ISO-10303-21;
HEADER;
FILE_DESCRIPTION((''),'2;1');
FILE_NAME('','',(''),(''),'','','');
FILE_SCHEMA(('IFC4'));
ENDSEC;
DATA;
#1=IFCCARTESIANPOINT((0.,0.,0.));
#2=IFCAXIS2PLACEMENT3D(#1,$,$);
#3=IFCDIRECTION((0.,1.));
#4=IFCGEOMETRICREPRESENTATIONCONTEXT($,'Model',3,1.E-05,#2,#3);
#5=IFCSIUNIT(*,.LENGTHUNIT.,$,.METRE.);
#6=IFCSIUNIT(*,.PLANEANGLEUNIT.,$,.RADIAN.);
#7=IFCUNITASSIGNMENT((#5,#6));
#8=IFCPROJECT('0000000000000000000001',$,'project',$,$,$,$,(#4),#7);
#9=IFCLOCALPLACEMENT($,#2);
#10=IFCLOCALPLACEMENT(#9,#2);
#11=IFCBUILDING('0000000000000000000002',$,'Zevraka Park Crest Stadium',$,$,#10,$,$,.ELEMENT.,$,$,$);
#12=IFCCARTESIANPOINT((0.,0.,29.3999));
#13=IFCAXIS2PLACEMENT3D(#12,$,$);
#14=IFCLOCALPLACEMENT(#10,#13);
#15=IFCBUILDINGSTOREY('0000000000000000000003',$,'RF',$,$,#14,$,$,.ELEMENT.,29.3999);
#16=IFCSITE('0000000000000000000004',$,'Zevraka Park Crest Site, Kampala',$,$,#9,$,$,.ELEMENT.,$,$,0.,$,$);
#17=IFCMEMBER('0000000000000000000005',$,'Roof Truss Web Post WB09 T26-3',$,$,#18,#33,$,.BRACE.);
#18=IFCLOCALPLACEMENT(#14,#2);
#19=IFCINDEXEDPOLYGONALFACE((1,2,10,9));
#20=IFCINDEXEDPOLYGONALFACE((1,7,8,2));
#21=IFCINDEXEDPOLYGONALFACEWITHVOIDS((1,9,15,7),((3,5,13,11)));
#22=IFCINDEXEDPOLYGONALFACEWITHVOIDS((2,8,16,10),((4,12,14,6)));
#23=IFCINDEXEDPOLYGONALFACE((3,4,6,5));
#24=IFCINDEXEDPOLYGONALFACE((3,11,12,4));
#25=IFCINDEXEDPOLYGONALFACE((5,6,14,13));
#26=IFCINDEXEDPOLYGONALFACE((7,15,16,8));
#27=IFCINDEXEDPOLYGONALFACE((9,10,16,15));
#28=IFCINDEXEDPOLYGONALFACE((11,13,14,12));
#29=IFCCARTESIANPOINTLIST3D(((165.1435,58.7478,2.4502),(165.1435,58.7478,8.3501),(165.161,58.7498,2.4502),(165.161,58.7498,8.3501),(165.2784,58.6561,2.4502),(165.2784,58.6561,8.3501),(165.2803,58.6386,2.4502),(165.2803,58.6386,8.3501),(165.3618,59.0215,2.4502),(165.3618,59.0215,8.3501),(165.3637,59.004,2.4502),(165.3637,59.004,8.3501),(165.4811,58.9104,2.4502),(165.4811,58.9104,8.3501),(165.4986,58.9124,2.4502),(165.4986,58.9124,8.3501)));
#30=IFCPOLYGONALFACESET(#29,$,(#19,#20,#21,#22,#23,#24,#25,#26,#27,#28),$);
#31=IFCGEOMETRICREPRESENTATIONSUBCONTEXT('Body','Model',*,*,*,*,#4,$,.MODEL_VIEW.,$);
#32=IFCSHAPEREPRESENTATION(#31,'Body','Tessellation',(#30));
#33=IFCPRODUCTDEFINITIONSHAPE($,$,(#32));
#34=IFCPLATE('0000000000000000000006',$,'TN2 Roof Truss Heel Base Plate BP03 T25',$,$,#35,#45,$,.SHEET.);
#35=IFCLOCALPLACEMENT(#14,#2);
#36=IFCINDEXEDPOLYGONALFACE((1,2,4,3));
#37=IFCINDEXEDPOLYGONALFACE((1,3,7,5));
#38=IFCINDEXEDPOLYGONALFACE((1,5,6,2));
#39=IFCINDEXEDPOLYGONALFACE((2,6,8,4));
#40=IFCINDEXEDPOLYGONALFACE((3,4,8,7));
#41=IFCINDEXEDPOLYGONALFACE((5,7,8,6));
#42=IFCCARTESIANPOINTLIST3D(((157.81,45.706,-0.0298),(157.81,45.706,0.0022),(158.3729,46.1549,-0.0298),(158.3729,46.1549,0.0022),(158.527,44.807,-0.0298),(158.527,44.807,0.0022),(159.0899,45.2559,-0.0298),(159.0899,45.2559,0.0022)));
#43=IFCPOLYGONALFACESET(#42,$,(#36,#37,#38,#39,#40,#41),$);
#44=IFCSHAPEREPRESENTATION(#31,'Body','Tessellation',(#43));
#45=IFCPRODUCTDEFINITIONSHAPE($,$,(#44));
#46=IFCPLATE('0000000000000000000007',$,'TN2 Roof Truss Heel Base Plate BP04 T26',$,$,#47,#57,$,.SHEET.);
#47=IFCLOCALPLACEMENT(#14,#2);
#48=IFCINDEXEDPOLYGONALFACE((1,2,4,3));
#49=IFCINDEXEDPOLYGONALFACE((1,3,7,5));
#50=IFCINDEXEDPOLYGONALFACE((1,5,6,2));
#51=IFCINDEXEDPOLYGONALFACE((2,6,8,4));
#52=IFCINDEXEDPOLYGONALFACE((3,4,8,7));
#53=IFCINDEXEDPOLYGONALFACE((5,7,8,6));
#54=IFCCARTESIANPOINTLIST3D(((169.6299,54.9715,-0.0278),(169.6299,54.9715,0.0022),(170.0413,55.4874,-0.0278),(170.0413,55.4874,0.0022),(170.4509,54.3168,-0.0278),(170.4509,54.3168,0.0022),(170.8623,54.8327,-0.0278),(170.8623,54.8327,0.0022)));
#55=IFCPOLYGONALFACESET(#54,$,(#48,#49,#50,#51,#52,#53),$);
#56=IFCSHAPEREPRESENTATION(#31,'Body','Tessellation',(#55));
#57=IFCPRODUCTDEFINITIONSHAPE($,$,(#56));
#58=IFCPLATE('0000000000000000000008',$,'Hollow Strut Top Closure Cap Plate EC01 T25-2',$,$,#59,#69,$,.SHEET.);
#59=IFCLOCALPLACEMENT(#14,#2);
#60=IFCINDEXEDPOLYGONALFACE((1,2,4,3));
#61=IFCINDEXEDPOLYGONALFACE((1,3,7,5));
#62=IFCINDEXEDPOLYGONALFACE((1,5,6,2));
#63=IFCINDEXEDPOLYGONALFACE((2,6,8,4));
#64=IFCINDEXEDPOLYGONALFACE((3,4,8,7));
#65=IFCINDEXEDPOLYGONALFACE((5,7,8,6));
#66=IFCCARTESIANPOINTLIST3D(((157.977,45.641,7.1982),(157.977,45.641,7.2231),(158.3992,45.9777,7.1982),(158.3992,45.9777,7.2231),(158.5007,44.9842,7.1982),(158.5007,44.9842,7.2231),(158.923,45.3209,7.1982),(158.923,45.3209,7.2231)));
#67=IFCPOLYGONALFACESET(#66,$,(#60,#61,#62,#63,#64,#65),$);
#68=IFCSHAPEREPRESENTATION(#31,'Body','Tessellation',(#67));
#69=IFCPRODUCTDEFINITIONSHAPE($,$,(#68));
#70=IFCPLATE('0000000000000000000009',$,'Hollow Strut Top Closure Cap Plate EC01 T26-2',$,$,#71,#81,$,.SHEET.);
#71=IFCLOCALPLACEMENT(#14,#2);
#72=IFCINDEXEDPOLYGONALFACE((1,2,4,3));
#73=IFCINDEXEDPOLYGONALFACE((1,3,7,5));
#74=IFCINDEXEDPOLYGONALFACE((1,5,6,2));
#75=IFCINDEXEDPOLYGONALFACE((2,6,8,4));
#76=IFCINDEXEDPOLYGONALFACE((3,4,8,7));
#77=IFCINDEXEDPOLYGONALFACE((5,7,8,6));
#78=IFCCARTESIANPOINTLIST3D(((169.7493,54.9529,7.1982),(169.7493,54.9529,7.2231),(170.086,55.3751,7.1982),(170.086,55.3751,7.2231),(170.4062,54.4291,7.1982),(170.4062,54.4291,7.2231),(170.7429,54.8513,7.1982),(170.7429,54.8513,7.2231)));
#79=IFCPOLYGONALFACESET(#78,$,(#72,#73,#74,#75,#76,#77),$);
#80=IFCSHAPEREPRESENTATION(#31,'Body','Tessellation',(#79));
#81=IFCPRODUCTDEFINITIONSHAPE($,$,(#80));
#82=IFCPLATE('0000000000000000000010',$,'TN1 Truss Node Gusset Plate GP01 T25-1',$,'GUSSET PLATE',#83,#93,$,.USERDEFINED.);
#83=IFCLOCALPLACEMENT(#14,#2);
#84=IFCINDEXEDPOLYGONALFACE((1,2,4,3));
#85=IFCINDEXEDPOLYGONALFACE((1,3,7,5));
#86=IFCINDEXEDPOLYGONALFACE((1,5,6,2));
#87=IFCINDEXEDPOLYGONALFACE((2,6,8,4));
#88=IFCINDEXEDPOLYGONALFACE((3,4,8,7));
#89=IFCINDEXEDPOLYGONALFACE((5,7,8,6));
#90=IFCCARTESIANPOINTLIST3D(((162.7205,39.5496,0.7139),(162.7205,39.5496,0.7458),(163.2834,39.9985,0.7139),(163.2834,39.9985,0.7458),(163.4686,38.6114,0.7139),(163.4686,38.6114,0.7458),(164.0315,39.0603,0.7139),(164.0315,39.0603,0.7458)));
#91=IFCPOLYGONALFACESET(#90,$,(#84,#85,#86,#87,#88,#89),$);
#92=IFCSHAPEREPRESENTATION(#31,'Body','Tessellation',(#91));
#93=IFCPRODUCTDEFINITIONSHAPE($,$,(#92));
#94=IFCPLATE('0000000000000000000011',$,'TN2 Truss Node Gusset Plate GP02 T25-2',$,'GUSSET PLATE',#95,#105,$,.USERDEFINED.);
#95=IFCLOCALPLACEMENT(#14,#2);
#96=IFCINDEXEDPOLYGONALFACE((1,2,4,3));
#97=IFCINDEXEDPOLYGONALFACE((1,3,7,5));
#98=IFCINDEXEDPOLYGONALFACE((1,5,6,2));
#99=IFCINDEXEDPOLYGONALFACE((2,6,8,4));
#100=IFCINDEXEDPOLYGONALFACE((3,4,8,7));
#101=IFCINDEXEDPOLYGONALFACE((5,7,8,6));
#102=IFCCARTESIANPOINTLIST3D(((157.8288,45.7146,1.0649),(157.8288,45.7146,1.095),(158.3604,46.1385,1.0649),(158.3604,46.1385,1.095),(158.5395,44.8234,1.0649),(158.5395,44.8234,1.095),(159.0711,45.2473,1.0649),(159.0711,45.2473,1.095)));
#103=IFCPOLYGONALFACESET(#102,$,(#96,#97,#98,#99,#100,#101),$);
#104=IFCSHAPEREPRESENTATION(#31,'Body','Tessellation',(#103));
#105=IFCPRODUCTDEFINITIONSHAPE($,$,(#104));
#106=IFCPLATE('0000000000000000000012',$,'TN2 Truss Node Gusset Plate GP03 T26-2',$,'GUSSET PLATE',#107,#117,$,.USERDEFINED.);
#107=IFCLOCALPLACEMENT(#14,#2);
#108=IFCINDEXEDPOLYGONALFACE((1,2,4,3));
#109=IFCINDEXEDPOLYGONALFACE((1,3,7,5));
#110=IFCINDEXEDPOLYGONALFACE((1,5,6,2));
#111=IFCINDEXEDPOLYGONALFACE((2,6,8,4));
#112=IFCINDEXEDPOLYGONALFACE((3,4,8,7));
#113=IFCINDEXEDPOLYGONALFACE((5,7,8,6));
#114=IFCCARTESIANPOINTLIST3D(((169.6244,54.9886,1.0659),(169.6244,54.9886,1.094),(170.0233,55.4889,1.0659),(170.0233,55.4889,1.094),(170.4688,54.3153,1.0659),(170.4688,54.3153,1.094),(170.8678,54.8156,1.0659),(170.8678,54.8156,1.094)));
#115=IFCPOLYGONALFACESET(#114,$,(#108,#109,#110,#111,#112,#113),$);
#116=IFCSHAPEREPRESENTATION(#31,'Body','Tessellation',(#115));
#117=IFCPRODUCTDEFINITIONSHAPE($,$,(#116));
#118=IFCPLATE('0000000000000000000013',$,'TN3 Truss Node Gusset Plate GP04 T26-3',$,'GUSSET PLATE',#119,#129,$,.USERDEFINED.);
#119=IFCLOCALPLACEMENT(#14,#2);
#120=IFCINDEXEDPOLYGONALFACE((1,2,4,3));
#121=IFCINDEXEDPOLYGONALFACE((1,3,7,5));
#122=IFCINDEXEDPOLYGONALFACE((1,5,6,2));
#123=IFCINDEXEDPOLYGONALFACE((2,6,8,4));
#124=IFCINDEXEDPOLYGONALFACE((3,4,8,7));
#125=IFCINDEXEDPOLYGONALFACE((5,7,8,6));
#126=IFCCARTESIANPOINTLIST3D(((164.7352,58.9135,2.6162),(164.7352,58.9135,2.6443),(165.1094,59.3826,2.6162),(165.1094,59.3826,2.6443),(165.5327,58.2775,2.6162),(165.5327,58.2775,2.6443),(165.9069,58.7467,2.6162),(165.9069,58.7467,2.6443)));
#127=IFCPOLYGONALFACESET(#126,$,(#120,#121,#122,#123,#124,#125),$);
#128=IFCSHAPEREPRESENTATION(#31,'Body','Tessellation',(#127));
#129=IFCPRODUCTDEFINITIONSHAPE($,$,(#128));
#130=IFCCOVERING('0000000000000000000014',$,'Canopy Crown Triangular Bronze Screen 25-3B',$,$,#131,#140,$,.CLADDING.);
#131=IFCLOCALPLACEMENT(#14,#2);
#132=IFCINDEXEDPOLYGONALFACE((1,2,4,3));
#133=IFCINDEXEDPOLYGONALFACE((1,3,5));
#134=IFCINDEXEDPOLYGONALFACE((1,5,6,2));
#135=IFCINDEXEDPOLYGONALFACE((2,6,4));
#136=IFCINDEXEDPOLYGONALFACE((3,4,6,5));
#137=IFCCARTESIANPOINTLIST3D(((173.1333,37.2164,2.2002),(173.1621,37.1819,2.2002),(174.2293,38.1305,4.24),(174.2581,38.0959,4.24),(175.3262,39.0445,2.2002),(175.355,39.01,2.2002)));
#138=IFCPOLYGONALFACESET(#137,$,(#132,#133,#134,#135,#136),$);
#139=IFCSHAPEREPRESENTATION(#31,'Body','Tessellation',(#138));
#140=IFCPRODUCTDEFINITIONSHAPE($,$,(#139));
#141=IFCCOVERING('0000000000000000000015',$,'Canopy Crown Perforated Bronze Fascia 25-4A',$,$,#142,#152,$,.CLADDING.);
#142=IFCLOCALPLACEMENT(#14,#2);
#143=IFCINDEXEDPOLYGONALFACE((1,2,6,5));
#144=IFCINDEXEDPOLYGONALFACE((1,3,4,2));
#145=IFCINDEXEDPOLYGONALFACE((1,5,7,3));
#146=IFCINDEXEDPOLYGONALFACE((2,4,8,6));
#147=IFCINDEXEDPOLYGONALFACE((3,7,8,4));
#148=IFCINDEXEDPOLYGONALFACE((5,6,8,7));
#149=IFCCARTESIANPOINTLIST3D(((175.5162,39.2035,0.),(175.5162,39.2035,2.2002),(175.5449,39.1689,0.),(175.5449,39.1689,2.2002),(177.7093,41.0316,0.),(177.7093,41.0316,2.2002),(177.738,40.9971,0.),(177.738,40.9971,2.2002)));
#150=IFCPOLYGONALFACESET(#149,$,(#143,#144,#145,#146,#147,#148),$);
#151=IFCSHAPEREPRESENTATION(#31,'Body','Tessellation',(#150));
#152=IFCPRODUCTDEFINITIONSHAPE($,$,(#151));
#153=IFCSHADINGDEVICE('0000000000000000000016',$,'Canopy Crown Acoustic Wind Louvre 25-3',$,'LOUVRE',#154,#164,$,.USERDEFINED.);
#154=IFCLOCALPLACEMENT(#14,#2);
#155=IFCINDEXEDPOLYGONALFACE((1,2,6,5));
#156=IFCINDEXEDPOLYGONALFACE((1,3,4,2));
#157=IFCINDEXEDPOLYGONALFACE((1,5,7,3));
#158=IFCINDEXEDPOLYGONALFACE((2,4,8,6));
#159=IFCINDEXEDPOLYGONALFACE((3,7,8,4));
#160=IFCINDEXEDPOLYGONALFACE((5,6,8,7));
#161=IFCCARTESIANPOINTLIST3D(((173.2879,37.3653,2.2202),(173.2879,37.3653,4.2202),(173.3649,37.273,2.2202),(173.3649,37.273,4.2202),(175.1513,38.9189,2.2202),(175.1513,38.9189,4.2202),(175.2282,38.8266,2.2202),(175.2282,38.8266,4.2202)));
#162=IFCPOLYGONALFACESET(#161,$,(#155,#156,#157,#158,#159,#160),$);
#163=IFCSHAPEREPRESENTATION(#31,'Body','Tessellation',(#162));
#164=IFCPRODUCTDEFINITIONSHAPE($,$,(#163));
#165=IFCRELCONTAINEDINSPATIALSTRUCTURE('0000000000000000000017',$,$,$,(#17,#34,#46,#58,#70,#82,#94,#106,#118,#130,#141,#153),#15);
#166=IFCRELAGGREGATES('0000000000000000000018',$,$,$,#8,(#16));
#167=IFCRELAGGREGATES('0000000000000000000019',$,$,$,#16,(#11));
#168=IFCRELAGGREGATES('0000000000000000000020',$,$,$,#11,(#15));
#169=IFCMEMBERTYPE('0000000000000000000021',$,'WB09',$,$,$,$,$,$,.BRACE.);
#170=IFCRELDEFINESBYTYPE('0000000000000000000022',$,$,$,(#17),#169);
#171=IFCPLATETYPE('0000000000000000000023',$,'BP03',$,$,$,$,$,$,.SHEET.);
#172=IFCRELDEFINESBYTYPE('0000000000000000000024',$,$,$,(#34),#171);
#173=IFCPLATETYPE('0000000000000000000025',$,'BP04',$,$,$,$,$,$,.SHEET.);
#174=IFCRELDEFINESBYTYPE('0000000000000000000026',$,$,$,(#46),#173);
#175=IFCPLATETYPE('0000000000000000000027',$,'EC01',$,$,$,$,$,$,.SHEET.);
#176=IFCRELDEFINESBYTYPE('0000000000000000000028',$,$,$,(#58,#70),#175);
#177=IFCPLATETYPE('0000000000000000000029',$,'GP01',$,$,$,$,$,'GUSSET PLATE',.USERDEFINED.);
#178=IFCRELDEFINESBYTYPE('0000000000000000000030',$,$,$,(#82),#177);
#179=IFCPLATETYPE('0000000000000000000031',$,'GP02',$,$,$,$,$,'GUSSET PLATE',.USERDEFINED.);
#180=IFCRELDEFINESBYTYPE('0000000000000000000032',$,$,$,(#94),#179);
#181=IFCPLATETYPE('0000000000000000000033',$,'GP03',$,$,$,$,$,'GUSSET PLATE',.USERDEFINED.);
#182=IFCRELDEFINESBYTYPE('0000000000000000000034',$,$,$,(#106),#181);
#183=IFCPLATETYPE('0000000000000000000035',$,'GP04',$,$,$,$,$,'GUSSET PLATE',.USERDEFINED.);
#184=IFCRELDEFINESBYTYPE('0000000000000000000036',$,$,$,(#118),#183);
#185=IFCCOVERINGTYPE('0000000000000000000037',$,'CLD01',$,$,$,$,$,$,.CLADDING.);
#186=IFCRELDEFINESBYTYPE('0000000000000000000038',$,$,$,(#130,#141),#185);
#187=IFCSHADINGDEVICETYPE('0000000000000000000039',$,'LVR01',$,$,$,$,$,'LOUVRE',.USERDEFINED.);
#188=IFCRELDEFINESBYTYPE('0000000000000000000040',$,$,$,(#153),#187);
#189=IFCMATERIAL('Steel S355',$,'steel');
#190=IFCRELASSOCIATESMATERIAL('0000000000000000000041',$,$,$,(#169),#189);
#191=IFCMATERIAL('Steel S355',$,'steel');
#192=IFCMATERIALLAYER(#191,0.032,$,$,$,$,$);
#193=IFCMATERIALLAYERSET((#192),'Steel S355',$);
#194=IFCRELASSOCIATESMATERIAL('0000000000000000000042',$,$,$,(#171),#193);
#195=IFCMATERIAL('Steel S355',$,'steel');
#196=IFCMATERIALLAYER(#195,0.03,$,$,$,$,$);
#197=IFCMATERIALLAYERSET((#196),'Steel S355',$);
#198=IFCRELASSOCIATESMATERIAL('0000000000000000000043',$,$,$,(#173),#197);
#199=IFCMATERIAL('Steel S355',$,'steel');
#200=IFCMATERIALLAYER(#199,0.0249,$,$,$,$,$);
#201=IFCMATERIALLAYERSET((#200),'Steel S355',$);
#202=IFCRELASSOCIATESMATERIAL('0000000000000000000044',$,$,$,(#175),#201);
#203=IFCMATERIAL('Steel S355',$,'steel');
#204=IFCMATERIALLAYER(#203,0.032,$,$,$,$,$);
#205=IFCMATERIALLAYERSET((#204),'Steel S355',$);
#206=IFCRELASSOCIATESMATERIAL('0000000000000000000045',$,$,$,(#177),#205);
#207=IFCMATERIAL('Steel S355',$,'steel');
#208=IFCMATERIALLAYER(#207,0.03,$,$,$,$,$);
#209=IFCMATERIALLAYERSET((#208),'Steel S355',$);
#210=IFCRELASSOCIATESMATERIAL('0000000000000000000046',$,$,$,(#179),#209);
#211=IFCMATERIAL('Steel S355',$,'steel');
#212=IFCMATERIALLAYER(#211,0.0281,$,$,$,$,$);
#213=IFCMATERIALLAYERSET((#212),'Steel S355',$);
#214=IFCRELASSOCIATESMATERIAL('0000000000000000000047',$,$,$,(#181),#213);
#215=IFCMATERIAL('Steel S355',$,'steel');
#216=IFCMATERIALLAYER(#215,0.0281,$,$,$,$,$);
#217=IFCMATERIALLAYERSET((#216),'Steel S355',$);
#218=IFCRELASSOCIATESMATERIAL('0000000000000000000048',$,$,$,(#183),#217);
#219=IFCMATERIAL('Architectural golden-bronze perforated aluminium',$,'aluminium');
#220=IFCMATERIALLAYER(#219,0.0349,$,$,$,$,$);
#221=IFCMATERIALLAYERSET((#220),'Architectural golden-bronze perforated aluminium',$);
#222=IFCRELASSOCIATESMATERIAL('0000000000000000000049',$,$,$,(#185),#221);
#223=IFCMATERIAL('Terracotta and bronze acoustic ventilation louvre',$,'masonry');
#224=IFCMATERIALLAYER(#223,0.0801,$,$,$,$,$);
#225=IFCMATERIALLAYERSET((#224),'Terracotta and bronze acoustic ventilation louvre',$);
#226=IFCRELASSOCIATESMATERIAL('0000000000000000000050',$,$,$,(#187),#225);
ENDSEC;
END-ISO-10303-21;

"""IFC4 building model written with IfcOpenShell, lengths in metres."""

from ifc_helpers import new_model, si_unit, direction, frame, origin, origin_2d, place, context, subcontext, project, spatial, polyline, rectangle, hollow_rectangle, outline, extrude, material, layer, layer_set, material_profile, profile_set, type_object, element, save


model = new_model("IFC4")

# Units and contexts
model_context = context("Model", 3, precision=1e-05, world=origin(), true_north=direction((0.0, 1.0)))
body_context = subcontext(model_context, "Body", "Model", "MODEL_VIEW")
ifc_project = project(units=[si_unit("LENGTHUNIT", "METRE"), si_unit("PLANEANGLEUNIT", "RADIAN")], contexts=[model_context])

# Site, building, storey
site_placement = place(None, origin())
site = spatial("IfcSite", under=ifc_project, at=site_placement, Name="Zevraka Park Crest Site, Kampala", CompositionType="ELEMENT", RefElevation=0.0)
building_placement = place(site_placement, origin())
building = spatial("IfcBuilding", under=site, at=building_placement, Name="Zevraka Park Crest Stadium", CompositionType="ELEMENT")
storey_placement = place(building_placement, frame((0.0, 0.0, 29.3999)))
storey = spatial("IfcBuildingStorey", under=building, at=storey_placement, Name="RF", CompositionType="ELEMENT", Elevation=29.3999)

# Member
ifc_material_1 = material(Name="Steel S355", Category="steel")
ifc_material_profile_1 = material_profile(ifc_material_1, hollow_rectangle(XDim=0.175, YDim=0.3501, WallThickness=0.0125, at=origin_2d()), Name="RHS 350x175x12.5")
ifc_profile_set_1 = profile_set([ifc_material_profile_1], Name="Steel S355")
member_type_1 = type_object("IfcMemberType", Name="WB09", PredefinedType="BRACE", material=ifc_profile_set_1)
member_1_placement = place(storey_placement, frame((165.321, 58.8301, 2.4502), z_axis=(0.0, 0.0, 1.0), x_axis=(-0.781847, 0.62347, 0.0)))
element("IfcMember", 1, at=member_1_placement, inside=storey, type_object=member_type_1, Name="Roof Truss Web Post WB09 T26-3", PredefinedType="BRACE", context=body_context, shape_type="SweptSolid", body=[
    extrude(hollow_rectangle(XDim=0.175, YDim=0.3501, WallThickness=0.0125, at=origin_2d()), origin(), (0.0, 0.0, 1.0), 5.8999),
])

# Plates
ifc_material_2 = material(Name="Steel S355", Category="steel")
ifc_layer_1 = layer(ifc_material_2, 0.032)
ifc_layer_set_1 = layer_set([ifc_layer_1], Name="Steel S355")
plate_type_1 = type_object("IfcPlateType", Name="BP03", PredefinedType="SHEET", material=ifc_layer_set_1)
plate_1_placement = place(storey_placement, frame((158.45, 45.481, -0.0298), z_axis=(0.0, 0.0, 1.0), x_axis=(-0.62347, 0.781847, 0.0)))
element("IfcPlate", 2, at=plate_1_placement, inside=storey, type_object=plate_type_1, Name="TN2 Roof Truss Heel Base Plate BP03 T25", PredefinedType="SHEET", context=body_context, shape_type="SweptSolid", body=[
    extrude(rectangle(XDim=1.1499, YDim=0.72, at=origin_2d()), origin(), (0.0, 0.0, 1.0), 0.032),
])
ifc_material_3 = material(Name="Steel S355", Category="steel")
ifc_layer_2 = layer(ifc_material_3, 0.03)
ifc_layer_set_2 = layer_set([ifc_layer_2], Name="Steel S355")
plate_type_2 = type_object("IfcPlateType", Name="BP04", PredefinedType="SHEET", material=ifc_layer_set_2)
plate_2_placement = place(storey_placement, frame((170.2461, 54.9021, -0.0278), z_axis=(0.0, 0.0, 1.0), x_axis=(-0.781847, 0.62347, 0.0)))
element("IfcPlate", 3, at=plate_2_placement, inside=storey, type_object=plate_type_2, Name="TN2 Roof Truss Heel Base Plate BP04 T26", PredefinedType="SHEET", context=body_context, shape_type="SweptSolid", body=[
    extrude(rectangle(XDim=1.05, YDim=0.6599, at=origin_2d()), origin(), (0.0, 0.0, 1.0), 0.03),
])
ifc_material_4 = material(Name="Steel S355", Category="steel")
ifc_layer_3 = layer(ifc_material_4, 0.0249)
ifc_layer_set_3 = layer_set([ifc_layer_3], Name="Steel S355")
plate_type_3 = type_object("IfcPlateType", Name="EC01", PredefinedType="SHEET", material=ifc_layer_set_3)
for number, where, z_axis, x_axis, name in (
    (4, (158.45, 45.481, 7.1982), (0.0, 0.0, 1.0), (-0.62347, 0.781847, 0.0), "Hollow Strut Top Closure Cap Plate EC01 T25-2"),
    (5, (170.2461, 54.9021, 7.1982), (0.0, 0.0, 1.0), (-0.781847, 0.62347, 0.0), "Hollow Strut Top Closure Cap Plate EC01 T26-2"),
):
    element("IfcPlate", number, at=place(storey_placement, frame(where, z_axis=z_axis, x_axis=x_axis)), inside=storey, type_object=plate_type_3, Name=name, PredefinedType="SHEET", context=body_context, shape_type="SweptSolid", body=[
        extrude(rectangle(XDim=0.8401, YDim=0.54, at=origin_2d()), origin(), (0.0, 0.0, 1.0), 0.0249),
    ])
ifc_material_5 = material(Name="Steel S355", Category="steel")
ifc_layer_4 = layer(ifc_material_5, 0.032)
ifc_layer_set_4 = layer_set([ifc_layer_4], Name="Steel S355")
plate_type_4 = type_object("IfcPlateType", Name="GP01", ElementType="GUSSET PLATE", PredefinedType="USERDEFINED", material=ifc_layer_set_4)
plate_3_placement = place(storey_placement, frame((163.376, 39.3049, 0.7139), z_axis=(0.0, 0.0, 1.0), x_axis=(-0.62347, 0.781847, 0.0)))
element("IfcPlate", 6, at=plate_3_placement, inside=storey, type_object=plate_type_4, Name="TN1 Truss Node Gusset Plate GP01 T25-1", ObjectType="GUSSET PLATE", PredefinedType="USERDEFINED", context=body_context, shape_type="SweptSolid", body=[
    extrude(rectangle(XDim=1.2, YDim=0.72, at=origin_2d()), origin(), (0.0, 0.0, 1.0), 0.032),
])
ifc_material_6 = material(Name="Steel S355", Category="steel")
ifc_layer_5 = layer(ifc_material_6, 0.03)
ifc_layer_set_5 = layer_set([ifc_layer_5], Name="Steel S355")
plate_type_5 = type_object("IfcPlateType", Name="GP02", ElementType="GUSSET PLATE", PredefinedType="USERDEFINED", material=ifc_layer_set_5)
plate_4_placement = place(storey_placement, frame((158.45, 45.481, 1.0649), z_axis=(0.0, 0.0, 1.0), x_axis=(-0.62347, 0.781847, 0.0)))
element("IfcPlate", 7, at=plate_4_placement, inside=storey, type_object=plate_type_5, Name="TN2 Truss Node Gusset Plate GP02 T25-2", ObjectType="GUSSET PLATE", PredefinedType="USERDEFINED", context=body_context, shape_type="SweptSolid", body=[
    extrude(rectangle(XDim=1.1399, YDim=0.6799, at=origin_2d()), origin(), (0.0, 0.0, 1.0), 0.03),
])
ifc_material_7 = material(Name="Steel S355", Category="steel")
ifc_layer_6 = layer(ifc_material_7, 0.0281)
ifc_layer_set_6 = layer_set([ifc_layer_6], Name="Steel S355")
plate_type_6 = type_object("IfcPlateType", Name="GP03", ElementType="GUSSET PLATE", PredefinedType="USERDEFINED", material=ifc_layer_set_6)
plate_5_placement = place(storey_placement, frame((170.2461, 54.9021, 1.0659), z_axis=(0.0, 0.0, 1.0), x_axis=(-0.781847, 0.62347, 0.0)))
element("IfcPlate", 8, at=plate_5_placement, inside=storey, type_object=plate_type_6, Name="TN2 Truss Node Gusset Plate GP03 T26-2", ObjectType="GUSSET PLATE", PredefinedType="USERDEFINED", context=body_context, shape_type="SweptSolid", body=[
    extrude(rectangle(XDim=1.0801, YDim=0.6399, at=origin_2d()), origin(), (0.0, 0.0, 1.0), 0.0281),
])
ifc_material_8 = material(Name="Steel S355", Category="steel")
ifc_layer_7 = layer(ifc_material_8, 0.0281)
ifc_layer_set_7 = layer_set([ifc_layer_7], Name="Steel S355")
plate_type_7 = type_object("IfcPlateType", Name="GP04", ElementType="GUSSET PLATE", PredefinedType="USERDEFINED", material=ifc_layer_set_7)
plate_6_placement = place(storey_placement, frame((165.321, 58.8301, 2.6162), z_axis=(0.0, 0.0, 1.0), x_axis=(-0.781847, 0.62347, 0.0)))
element("IfcPlate", 9, at=plate_6_placement, inside=storey, type_object=plate_type_7, Name="TN3 Truss Node Gusset Plate GP04 T26-3", ObjectType="GUSSET PLATE", PredefinedType="USERDEFINED", context=body_context, shape_type="SweptSolid", body=[
    extrude(rectangle(XDim=1.02, YDim=0.6001, at=origin_2d()), origin(), (0.0, 0.0, 1.0), 0.0281),
])

# Coverings
ifc_material_9 = material(Name="Architectural golden-bronze perforated aluminium", Category="aluminium")
ifc_layer_8 = layer(ifc_material_9, 0.0349)
ifc_layer_set_8 = layer_set([ifc_layer_8], Name="Architectural golden-bronze perforated aluminium")
covering_type = type_object("IfcCoveringType", Name="CLD01", PredefinedType="CLADDING", material=ifc_layer_set_8)
covering_1_placement = place(storey_placement, frame((173.1621, 37.1819, 2.2002), z_axis=(0.640336, -0.768095, 0.000153), x_axis=(0.768095, 0.640336, 0.0)))
element("IfcCovering", 10, at=covering_1_placement, inside=storey, type_object=covering_type, Name="Canopy Crown Triangular Bronze Screen 25-3B", PredefinedType="CLADDING", context=body_context, shape_type="SweptSolid", body=[
    extrude(outline(polyline([(0.0, 0.0), (2.8549, 0.0), (1.4271, 2.0398), (0.0, 0.0)])), origin(), (0.0, 0.0, -1.0), 0.0449),
])
covering_2_placement = place(storey_placement, frame((175.5449, 39.1689, 0.0), z_axis=(0.640294, -0.76813, 0.0), x_axis=(0.76813, 0.640294, 0.0)))
element("IfcCovering", 11, at=covering_2_placement, inside=storey, type_object=covering_type, Name="Canopy Crown Perforated Bronze Fascia 25-4A", PredefinedType="CLADDING", context=body_context, shape_type="SweptSolid", body=[
    extrude(outline(polyline([(0.0, 0.0), (2.8551, 0.0), (2.8551, 2.2002), (0.0, 2.2002), (0.0, 0.0)])), origin(), (0.0, 0.0, -1.0), 0.0449),
])

# Shading device
ifc_material_10 = material(Name="Terracotta and bronze acoustic ventilation louvre", Category="masonry")
ifc_layer_9 = layer(ifc_material_10, 0.0801)
ifc_layer_set_9 = layer_set([ifc_layer_9], Name="Terracotta and bronze acoustic ventilation louvre")
shading_device_type = type_object("IfcShadingDeviceType", Name="LVR01", ElementType="LOUVRE", PredefinedType="USERDEFINED", material=ifc_layer_set_9)
shading_device_placement = place(storey_placement, frame((174.2581, 38.0959, 2.2202), z_axis=(0.0, 0.0, 1.0), x_axis=(0.76806, 0.640378, 0.0)))
element("IfcShadingDevice", 12, at=shading_device_placement, inside=storey, type_object=shading_device_type, Name="Canopy Crown Acoustic Wind Louvre 25-3", ObjectType="LOUVRE", PredefinedType="USERDEFINED", context=body_context, shape_type="SweptSolid", body=[
    extrude(rectangle(XDim=2.426, YDim=0.1201, at=origin_2d()), origin(), (0.0, 0.0, 1.0), 2.0),
])

save(model, "model.ifc")
